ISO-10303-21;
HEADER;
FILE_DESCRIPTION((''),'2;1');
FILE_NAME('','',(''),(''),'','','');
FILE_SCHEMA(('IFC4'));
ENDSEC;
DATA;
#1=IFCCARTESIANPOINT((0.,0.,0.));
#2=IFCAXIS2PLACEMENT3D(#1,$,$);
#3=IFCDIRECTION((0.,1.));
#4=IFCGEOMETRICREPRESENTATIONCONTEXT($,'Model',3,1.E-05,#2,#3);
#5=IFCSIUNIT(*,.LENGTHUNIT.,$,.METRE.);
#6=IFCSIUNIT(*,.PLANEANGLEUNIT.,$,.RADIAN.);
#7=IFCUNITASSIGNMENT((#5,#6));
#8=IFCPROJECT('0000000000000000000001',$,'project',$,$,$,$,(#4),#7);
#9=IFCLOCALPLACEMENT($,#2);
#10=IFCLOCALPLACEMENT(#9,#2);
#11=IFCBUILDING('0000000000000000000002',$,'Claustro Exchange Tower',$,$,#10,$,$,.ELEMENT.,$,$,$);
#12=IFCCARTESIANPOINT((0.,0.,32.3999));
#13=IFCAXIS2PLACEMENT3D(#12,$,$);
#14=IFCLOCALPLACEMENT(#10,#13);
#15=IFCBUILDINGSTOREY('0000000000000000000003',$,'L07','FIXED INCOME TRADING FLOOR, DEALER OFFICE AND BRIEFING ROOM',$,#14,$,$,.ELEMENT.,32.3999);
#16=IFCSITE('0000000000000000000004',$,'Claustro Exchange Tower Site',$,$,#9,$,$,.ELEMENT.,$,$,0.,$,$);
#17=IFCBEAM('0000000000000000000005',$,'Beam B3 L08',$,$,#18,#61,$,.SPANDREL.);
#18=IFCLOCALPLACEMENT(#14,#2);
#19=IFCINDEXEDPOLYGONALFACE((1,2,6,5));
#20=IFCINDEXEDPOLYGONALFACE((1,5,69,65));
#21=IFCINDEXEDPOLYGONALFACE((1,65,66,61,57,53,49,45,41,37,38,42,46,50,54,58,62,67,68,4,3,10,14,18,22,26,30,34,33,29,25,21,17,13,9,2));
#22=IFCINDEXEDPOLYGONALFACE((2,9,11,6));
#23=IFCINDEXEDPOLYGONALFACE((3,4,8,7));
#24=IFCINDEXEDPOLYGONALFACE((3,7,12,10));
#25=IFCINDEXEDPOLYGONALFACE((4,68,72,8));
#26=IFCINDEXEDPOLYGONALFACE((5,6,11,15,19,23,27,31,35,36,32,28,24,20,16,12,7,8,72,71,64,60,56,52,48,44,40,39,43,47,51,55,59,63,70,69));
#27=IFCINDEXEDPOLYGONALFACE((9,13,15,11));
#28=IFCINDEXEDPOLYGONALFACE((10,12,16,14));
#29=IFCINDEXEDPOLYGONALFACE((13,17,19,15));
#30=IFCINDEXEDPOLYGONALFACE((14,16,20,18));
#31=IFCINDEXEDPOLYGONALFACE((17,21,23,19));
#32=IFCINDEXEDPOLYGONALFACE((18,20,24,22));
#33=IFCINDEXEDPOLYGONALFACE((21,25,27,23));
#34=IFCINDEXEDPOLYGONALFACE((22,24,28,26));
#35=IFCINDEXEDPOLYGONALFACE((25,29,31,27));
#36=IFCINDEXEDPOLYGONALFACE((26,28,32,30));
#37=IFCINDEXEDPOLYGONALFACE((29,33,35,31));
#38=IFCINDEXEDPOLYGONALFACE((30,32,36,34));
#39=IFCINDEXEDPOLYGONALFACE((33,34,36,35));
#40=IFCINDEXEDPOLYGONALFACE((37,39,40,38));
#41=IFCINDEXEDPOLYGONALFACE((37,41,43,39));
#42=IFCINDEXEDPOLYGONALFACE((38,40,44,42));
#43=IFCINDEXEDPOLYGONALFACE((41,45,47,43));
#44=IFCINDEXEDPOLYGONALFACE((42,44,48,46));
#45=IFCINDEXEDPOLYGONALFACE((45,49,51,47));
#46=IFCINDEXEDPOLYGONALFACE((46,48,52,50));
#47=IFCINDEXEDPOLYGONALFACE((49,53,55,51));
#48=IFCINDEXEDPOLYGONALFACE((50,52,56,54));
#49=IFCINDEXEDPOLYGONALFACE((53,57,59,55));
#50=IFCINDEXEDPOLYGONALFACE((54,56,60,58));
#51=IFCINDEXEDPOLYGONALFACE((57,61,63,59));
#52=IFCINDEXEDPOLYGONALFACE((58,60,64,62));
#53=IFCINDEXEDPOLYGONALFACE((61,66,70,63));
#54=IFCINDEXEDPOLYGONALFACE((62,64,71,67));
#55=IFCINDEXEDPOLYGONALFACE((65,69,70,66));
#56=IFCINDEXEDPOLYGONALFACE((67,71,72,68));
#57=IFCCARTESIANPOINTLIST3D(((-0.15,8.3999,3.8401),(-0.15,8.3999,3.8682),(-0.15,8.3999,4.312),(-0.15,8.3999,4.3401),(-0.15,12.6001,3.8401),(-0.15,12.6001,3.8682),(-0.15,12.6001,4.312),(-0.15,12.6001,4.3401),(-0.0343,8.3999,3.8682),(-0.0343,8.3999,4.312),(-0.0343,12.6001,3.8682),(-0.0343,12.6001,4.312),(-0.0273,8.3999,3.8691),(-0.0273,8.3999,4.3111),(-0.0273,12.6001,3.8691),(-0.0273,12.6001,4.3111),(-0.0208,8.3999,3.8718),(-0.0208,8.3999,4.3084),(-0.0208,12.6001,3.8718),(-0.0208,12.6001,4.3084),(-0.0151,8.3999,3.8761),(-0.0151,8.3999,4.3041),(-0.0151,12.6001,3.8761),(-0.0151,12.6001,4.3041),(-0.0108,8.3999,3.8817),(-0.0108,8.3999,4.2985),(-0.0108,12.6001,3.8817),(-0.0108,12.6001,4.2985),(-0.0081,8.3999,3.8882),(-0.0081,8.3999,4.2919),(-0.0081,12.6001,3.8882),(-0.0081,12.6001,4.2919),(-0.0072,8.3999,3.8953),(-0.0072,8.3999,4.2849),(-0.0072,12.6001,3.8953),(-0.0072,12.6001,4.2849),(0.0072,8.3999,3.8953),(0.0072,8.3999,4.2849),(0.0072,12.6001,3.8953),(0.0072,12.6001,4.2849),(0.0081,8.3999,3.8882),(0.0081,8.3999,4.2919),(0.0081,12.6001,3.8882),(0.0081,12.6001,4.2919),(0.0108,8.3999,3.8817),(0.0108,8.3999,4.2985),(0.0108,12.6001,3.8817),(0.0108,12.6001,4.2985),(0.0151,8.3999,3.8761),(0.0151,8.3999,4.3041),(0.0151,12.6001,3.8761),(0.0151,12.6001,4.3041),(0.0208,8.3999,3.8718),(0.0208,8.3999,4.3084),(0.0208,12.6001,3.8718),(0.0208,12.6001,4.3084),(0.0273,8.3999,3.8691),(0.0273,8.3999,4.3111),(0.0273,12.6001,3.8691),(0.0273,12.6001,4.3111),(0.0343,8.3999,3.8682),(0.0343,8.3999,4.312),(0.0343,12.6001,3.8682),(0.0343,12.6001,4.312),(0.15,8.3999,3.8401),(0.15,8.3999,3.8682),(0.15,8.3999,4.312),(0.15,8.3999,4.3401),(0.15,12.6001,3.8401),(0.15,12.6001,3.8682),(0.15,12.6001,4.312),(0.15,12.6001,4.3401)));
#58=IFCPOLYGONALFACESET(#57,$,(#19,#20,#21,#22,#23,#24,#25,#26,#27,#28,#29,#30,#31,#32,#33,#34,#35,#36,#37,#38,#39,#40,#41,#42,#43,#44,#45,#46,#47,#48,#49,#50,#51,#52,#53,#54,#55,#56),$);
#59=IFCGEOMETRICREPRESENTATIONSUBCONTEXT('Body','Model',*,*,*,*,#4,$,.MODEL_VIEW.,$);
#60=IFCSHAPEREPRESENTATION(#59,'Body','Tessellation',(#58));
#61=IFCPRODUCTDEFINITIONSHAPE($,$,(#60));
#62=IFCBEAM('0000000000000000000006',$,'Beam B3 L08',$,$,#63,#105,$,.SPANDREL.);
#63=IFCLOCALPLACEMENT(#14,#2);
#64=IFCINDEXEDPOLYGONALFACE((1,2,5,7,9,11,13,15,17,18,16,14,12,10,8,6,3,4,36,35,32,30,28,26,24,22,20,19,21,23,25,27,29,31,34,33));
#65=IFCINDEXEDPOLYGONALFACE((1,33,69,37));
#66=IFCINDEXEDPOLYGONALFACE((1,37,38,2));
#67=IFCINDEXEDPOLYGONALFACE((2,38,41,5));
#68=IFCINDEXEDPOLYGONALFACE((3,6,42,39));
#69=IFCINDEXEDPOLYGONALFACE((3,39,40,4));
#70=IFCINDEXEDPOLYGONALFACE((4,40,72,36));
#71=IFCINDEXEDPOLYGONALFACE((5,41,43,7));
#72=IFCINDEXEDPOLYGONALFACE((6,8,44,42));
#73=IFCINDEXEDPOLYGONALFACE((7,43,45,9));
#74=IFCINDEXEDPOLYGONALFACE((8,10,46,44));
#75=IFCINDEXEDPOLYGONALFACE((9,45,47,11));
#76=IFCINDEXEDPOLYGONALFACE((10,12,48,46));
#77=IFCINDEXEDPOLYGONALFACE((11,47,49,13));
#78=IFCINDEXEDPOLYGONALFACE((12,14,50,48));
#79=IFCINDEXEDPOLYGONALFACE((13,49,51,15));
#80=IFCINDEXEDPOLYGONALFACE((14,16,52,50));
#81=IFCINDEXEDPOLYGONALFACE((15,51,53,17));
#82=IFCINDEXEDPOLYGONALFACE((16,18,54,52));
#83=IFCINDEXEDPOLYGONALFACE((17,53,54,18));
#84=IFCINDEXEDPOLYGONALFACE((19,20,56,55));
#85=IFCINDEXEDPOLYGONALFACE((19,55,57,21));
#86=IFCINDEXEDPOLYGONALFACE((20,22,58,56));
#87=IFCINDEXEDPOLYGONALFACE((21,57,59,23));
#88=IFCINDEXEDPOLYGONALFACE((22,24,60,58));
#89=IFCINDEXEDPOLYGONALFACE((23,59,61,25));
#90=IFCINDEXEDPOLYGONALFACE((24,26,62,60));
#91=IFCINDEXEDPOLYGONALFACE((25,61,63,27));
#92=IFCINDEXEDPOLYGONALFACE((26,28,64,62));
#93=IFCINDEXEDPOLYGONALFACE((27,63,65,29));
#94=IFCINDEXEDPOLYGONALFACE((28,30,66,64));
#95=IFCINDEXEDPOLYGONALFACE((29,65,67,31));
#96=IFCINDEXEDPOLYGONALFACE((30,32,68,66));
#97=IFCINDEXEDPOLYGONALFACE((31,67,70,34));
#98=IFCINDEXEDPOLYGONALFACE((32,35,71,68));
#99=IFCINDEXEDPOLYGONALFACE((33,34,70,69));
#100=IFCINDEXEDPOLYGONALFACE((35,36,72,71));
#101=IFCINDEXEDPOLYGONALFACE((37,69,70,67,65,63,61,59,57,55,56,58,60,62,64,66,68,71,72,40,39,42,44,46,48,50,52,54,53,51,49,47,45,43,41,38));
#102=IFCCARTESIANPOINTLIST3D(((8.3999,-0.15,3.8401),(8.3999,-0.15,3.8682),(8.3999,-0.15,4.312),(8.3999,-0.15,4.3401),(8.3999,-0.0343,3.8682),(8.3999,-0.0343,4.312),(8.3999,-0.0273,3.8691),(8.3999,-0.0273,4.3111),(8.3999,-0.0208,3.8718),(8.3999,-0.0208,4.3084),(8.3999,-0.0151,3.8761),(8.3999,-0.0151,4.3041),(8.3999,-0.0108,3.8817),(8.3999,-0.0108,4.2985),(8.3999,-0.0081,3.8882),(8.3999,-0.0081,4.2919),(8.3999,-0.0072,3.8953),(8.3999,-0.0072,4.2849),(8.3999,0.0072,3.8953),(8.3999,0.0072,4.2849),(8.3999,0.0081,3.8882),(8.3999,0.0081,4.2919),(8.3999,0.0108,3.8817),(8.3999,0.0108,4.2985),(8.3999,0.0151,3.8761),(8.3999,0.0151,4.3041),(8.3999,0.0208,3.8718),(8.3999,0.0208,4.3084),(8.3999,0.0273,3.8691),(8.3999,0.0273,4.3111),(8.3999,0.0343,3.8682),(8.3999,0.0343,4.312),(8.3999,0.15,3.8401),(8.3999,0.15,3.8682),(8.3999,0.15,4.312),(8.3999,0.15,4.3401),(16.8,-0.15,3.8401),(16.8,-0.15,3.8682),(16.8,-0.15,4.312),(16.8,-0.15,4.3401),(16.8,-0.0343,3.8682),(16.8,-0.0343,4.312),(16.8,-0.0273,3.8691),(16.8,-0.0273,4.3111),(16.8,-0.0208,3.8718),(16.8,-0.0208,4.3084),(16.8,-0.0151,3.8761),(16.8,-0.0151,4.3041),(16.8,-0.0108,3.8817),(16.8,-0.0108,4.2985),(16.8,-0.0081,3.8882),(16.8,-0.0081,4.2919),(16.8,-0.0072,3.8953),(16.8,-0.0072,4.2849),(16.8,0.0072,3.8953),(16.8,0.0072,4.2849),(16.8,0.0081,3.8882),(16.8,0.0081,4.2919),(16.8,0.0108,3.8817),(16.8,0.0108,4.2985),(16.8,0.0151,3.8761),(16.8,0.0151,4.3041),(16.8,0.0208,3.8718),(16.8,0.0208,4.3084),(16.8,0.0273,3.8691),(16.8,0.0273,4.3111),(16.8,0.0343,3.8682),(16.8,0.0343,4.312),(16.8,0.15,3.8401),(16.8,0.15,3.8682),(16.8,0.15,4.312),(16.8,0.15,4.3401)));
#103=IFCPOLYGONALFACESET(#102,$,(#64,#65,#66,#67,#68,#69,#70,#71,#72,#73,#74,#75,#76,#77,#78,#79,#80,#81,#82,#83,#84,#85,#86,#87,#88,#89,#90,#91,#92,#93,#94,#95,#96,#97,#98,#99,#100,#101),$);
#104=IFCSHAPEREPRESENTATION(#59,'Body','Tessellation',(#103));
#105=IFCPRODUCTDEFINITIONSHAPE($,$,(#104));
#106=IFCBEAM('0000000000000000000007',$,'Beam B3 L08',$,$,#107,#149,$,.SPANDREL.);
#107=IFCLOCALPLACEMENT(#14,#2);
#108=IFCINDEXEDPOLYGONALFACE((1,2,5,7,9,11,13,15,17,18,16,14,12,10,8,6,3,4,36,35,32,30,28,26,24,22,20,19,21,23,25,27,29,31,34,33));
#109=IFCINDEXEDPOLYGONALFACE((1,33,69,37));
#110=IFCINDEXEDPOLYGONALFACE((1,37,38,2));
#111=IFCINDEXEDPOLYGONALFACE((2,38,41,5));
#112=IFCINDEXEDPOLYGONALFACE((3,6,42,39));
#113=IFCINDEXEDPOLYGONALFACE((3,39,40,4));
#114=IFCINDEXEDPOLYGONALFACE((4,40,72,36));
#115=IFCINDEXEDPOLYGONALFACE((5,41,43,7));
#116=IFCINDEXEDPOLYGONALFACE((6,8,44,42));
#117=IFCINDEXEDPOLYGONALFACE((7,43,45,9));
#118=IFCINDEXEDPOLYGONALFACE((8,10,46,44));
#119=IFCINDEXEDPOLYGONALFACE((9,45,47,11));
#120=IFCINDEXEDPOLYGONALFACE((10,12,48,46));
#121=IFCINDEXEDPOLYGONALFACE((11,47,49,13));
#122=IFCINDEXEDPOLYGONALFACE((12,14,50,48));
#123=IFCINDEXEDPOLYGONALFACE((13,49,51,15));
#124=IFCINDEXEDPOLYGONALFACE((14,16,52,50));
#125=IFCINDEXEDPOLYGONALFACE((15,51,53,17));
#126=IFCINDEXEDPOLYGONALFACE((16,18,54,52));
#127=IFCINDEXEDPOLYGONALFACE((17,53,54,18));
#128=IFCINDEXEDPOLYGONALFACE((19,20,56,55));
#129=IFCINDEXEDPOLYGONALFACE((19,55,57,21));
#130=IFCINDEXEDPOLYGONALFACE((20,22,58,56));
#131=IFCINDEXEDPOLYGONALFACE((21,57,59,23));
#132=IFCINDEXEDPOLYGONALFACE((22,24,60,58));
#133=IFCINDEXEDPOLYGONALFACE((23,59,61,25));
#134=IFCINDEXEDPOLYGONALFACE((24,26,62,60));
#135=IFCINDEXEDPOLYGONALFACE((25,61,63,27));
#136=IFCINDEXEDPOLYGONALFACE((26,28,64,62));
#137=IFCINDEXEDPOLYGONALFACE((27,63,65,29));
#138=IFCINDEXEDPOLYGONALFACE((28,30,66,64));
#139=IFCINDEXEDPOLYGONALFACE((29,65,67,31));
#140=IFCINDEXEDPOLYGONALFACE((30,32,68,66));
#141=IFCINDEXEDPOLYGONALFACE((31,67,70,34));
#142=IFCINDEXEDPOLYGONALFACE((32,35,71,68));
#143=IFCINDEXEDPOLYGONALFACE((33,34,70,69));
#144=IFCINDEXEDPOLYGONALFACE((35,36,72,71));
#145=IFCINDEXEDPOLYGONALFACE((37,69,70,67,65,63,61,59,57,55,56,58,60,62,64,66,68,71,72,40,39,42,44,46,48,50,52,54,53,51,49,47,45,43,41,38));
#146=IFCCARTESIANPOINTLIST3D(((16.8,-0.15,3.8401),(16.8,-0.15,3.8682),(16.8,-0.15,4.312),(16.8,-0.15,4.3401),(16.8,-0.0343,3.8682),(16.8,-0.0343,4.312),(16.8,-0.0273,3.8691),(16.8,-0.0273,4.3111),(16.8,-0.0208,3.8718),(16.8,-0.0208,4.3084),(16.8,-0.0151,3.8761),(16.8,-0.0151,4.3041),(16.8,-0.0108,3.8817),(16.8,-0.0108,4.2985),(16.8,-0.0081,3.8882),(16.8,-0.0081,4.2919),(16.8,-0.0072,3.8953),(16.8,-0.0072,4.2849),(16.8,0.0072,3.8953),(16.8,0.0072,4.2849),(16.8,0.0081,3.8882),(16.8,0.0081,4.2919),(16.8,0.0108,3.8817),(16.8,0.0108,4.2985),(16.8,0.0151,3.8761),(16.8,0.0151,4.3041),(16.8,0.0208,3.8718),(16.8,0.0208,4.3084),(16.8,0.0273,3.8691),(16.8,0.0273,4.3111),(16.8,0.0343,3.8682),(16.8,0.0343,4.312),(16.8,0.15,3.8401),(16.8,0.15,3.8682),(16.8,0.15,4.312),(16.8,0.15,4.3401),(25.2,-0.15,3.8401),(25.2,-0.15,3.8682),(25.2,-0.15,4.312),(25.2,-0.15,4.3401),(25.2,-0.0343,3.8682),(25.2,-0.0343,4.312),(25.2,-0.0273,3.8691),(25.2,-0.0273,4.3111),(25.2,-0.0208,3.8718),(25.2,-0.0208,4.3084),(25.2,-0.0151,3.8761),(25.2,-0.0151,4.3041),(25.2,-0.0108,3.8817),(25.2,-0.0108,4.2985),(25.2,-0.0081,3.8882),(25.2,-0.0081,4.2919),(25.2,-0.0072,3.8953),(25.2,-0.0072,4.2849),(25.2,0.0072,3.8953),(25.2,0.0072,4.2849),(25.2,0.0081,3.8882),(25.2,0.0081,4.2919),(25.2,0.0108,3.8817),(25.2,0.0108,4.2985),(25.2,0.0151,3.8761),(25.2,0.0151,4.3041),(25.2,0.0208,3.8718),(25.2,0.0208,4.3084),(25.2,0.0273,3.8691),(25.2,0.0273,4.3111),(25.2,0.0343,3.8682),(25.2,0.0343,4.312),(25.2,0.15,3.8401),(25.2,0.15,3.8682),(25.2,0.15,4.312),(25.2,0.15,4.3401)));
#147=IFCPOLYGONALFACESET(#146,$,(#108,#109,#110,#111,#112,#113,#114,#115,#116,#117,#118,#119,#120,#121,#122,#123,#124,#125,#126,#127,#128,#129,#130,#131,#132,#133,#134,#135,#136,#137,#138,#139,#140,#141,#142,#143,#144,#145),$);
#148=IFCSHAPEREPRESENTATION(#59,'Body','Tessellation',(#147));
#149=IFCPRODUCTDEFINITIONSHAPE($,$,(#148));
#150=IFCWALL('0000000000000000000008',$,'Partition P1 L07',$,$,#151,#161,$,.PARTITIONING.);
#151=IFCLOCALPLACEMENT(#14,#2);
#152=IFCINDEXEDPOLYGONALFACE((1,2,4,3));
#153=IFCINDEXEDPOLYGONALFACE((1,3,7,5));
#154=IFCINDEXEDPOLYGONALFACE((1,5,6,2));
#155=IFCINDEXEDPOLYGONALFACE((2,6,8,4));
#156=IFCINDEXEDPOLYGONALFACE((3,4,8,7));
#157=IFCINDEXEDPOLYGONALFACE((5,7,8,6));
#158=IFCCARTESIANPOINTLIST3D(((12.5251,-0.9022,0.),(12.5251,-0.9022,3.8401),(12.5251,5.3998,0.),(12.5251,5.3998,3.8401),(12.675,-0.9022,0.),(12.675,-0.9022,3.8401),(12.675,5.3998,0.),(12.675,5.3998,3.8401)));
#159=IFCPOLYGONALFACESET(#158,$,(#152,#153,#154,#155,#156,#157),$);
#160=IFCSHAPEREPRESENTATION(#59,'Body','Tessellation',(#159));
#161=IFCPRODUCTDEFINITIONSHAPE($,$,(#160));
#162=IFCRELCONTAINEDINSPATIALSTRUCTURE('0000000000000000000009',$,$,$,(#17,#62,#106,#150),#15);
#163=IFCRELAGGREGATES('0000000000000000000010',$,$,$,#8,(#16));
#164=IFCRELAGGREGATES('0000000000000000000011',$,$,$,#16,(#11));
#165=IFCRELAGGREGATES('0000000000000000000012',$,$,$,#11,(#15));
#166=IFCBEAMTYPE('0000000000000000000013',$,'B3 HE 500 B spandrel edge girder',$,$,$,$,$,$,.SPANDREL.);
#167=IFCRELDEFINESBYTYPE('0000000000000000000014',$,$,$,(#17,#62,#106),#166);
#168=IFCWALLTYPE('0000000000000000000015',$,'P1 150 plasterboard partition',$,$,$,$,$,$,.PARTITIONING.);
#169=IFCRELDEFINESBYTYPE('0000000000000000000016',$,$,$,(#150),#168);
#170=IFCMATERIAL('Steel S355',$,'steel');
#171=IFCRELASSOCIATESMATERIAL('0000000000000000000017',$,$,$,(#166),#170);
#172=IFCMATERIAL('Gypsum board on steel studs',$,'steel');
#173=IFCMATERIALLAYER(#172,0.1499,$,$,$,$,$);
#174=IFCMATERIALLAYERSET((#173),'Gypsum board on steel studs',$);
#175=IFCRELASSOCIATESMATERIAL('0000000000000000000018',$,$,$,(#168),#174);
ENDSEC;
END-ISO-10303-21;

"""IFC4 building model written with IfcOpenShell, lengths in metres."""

from ifc_helpers import new_model, si_unit, direction, frame, frame_2d, origin, origin_2d, place, context, subcontext, project, spatial, rectangle, i_section, extrude, material, layer, layer_set, material_profile, profile_set, type_object, element, save


model = new_model("IFC4")

# Units and contexts
model_context = context("Model", 3, precision=1e-05, world=origin(), true_north=direction((0.0, 1.0)))
body_context = subcontext(model_context, "Body", "Model", "MODEL_VIEW")
ifc_project = project(units=[si_unit("LENGTHUNIT", "METRE"), si_unit("PLANEANGLEUNIT", "RADIAN")], contexts=[model_context])

# Site, building, storey
site_placement = place(None, origin())
site = spatial("IfcSite", under=ifc_project, at=site_placement, Name="Claustro Exchange Tower Site", CompositionType="ELEMENT", RefElevation=0.0)
building_placement = place(site_placement, origin())
building = spatial("IfcBuilding", under=site, at=building_placement, Name="Claustro Exchange Tower", CompositionType="ELEMENT")
storey_placement = place(building_placement, frame((0.0, 0.0, 32.3999)))
storey = spatial("IfcBuildingStorey", under=building, at=storey_placement, Name="L07", Description="FIXED INCOME TRADING FLOOR, DEALER OFFICE AND BRIEFING ROOM", CompositionType="ELEMENT", Elevation=32.3999)

# Beams
ifc_material_1 = material(Name="Steel S355", Category="steel")
ifc_material_profile_1 = material_profile(ifc_material_1, i_section(OverallWidth=0.3, OverallDepth=0.5, WebThickness=0.0144, FlangeThickness=0.0281, FilletRadius=0.0271, at=origin_2d()), Name="HE 500 B")
ifc_profile_set_1 = profile_set([ifc_material_profile_1], Name="Steel S355")
beam_type_1 = type_object("IfcBeamType", Name="B3 HE 500 B spandrel edge girder", PredefinedType="SPANDREL", material=ifc_profile_set_1)
beam_1_placement = place(storey_placement, frame((0.0, 8.3999, 4.0901), z_axis=(0.0, 1.0, 0.0), x_axis=(-1.0, 0.0, 0.0)))
element("IfcBeam", 1, at=beam_1_placement, inside=storey, type_object=beam_type_1, Name="Beam B3 L08", PredefinedType="SPANDREL", context=body_context, shape_type="SweptSolid", body=[
    extrude(i_section(OverallWidth=0.3, OverallDepth=0.5, WebThickness=0.0144, FlangeThickness=0.0281, FilletRadius=0.0271, at=origin_2d()), origin(), (0.0, 0.0, 1.0), 4.2002),
])
beam_2_placement = place(storey_placement, frame((8.3999, 0.0, 4.0901), z_axis=(1.0, 0.0, 0.0), x_axis=(0.0, 1.0, 0.0)))
element("IfcBeam", 2, at=beam_2_placement, inside=storey, type_object=beam_type_1, Name="Beam B3 L08", PredefinedType="SPANDREL", context=body_context, shape_type="SweptSolid", body=[
    extrude(i_section(OverallWidth=0.3, OverallDepth=0.5, WebThickness=0.0144, FlangeThickness=0.0281, FilletRadius=0.0271, at=origin_2d()), origin(), (0.0, 0.0, 1.0), 8.4001),
])
beam_3_placement = place(storey_placement, frame((16.8, 0.0, 4.0901), z_axis=(1.0, 0.0, 0.0), x_axis=(0.0, 1.0, 0.0)))
element("IfcBeam", 3, at=beam_3_placement, inside=storey, type_object=beam_type_1, Name="Beam B3 L08", PredefinedType="SPANDREL", context=body_context, shape_type="SweptSolid", body=[
    extrude(i_section(OverallWidth=0.3, OverallDepth=0.5, WebThickness=0.0144, FlangeThickness=0.0281, FilletRadius=0.0271, at=origin_2d()), origin(), (0.0, 0.0, 1.0), 8.3999),
])

# Wall
ifc_material_2 = material(Name="Gypsum board on steel studs", Category="steel")
ifc_layer_1 = layer(ifc_material_2, 0.1499)
ifc_layer_set_1 = layer_set([ifc_layer_1], Name="Gypsum board on steel studs")
wall_type_1 = type_object("IfcWallType", Name="P1 150 plasterboard partition", PredefinedType="PARTITIONING", material=ifc_layer_set_1)
wall_1_placement = place(storey_placement, frame((12.6001, -0.9021, 0.0), z_axis=(0.0, 0.0, 1.0), x_axis=(0.0, 1.0, 0.0)))
element("IfcWall", 4, at=wall_1_placement, inside=storey, type_object=wall_type_1, Name="Partition P1 L07", PredefinedType="PARTITIONING", context=body_context, shape_type="SweptSolid", body=[
    extrude(rectangle(XDim=6.302, YDim=0.1499, at=frame_2d((3.1509, 0.0))), origin(), (0.0, 0.0, 1.0), 3.8401),
])

save(model, "model.ifc")
